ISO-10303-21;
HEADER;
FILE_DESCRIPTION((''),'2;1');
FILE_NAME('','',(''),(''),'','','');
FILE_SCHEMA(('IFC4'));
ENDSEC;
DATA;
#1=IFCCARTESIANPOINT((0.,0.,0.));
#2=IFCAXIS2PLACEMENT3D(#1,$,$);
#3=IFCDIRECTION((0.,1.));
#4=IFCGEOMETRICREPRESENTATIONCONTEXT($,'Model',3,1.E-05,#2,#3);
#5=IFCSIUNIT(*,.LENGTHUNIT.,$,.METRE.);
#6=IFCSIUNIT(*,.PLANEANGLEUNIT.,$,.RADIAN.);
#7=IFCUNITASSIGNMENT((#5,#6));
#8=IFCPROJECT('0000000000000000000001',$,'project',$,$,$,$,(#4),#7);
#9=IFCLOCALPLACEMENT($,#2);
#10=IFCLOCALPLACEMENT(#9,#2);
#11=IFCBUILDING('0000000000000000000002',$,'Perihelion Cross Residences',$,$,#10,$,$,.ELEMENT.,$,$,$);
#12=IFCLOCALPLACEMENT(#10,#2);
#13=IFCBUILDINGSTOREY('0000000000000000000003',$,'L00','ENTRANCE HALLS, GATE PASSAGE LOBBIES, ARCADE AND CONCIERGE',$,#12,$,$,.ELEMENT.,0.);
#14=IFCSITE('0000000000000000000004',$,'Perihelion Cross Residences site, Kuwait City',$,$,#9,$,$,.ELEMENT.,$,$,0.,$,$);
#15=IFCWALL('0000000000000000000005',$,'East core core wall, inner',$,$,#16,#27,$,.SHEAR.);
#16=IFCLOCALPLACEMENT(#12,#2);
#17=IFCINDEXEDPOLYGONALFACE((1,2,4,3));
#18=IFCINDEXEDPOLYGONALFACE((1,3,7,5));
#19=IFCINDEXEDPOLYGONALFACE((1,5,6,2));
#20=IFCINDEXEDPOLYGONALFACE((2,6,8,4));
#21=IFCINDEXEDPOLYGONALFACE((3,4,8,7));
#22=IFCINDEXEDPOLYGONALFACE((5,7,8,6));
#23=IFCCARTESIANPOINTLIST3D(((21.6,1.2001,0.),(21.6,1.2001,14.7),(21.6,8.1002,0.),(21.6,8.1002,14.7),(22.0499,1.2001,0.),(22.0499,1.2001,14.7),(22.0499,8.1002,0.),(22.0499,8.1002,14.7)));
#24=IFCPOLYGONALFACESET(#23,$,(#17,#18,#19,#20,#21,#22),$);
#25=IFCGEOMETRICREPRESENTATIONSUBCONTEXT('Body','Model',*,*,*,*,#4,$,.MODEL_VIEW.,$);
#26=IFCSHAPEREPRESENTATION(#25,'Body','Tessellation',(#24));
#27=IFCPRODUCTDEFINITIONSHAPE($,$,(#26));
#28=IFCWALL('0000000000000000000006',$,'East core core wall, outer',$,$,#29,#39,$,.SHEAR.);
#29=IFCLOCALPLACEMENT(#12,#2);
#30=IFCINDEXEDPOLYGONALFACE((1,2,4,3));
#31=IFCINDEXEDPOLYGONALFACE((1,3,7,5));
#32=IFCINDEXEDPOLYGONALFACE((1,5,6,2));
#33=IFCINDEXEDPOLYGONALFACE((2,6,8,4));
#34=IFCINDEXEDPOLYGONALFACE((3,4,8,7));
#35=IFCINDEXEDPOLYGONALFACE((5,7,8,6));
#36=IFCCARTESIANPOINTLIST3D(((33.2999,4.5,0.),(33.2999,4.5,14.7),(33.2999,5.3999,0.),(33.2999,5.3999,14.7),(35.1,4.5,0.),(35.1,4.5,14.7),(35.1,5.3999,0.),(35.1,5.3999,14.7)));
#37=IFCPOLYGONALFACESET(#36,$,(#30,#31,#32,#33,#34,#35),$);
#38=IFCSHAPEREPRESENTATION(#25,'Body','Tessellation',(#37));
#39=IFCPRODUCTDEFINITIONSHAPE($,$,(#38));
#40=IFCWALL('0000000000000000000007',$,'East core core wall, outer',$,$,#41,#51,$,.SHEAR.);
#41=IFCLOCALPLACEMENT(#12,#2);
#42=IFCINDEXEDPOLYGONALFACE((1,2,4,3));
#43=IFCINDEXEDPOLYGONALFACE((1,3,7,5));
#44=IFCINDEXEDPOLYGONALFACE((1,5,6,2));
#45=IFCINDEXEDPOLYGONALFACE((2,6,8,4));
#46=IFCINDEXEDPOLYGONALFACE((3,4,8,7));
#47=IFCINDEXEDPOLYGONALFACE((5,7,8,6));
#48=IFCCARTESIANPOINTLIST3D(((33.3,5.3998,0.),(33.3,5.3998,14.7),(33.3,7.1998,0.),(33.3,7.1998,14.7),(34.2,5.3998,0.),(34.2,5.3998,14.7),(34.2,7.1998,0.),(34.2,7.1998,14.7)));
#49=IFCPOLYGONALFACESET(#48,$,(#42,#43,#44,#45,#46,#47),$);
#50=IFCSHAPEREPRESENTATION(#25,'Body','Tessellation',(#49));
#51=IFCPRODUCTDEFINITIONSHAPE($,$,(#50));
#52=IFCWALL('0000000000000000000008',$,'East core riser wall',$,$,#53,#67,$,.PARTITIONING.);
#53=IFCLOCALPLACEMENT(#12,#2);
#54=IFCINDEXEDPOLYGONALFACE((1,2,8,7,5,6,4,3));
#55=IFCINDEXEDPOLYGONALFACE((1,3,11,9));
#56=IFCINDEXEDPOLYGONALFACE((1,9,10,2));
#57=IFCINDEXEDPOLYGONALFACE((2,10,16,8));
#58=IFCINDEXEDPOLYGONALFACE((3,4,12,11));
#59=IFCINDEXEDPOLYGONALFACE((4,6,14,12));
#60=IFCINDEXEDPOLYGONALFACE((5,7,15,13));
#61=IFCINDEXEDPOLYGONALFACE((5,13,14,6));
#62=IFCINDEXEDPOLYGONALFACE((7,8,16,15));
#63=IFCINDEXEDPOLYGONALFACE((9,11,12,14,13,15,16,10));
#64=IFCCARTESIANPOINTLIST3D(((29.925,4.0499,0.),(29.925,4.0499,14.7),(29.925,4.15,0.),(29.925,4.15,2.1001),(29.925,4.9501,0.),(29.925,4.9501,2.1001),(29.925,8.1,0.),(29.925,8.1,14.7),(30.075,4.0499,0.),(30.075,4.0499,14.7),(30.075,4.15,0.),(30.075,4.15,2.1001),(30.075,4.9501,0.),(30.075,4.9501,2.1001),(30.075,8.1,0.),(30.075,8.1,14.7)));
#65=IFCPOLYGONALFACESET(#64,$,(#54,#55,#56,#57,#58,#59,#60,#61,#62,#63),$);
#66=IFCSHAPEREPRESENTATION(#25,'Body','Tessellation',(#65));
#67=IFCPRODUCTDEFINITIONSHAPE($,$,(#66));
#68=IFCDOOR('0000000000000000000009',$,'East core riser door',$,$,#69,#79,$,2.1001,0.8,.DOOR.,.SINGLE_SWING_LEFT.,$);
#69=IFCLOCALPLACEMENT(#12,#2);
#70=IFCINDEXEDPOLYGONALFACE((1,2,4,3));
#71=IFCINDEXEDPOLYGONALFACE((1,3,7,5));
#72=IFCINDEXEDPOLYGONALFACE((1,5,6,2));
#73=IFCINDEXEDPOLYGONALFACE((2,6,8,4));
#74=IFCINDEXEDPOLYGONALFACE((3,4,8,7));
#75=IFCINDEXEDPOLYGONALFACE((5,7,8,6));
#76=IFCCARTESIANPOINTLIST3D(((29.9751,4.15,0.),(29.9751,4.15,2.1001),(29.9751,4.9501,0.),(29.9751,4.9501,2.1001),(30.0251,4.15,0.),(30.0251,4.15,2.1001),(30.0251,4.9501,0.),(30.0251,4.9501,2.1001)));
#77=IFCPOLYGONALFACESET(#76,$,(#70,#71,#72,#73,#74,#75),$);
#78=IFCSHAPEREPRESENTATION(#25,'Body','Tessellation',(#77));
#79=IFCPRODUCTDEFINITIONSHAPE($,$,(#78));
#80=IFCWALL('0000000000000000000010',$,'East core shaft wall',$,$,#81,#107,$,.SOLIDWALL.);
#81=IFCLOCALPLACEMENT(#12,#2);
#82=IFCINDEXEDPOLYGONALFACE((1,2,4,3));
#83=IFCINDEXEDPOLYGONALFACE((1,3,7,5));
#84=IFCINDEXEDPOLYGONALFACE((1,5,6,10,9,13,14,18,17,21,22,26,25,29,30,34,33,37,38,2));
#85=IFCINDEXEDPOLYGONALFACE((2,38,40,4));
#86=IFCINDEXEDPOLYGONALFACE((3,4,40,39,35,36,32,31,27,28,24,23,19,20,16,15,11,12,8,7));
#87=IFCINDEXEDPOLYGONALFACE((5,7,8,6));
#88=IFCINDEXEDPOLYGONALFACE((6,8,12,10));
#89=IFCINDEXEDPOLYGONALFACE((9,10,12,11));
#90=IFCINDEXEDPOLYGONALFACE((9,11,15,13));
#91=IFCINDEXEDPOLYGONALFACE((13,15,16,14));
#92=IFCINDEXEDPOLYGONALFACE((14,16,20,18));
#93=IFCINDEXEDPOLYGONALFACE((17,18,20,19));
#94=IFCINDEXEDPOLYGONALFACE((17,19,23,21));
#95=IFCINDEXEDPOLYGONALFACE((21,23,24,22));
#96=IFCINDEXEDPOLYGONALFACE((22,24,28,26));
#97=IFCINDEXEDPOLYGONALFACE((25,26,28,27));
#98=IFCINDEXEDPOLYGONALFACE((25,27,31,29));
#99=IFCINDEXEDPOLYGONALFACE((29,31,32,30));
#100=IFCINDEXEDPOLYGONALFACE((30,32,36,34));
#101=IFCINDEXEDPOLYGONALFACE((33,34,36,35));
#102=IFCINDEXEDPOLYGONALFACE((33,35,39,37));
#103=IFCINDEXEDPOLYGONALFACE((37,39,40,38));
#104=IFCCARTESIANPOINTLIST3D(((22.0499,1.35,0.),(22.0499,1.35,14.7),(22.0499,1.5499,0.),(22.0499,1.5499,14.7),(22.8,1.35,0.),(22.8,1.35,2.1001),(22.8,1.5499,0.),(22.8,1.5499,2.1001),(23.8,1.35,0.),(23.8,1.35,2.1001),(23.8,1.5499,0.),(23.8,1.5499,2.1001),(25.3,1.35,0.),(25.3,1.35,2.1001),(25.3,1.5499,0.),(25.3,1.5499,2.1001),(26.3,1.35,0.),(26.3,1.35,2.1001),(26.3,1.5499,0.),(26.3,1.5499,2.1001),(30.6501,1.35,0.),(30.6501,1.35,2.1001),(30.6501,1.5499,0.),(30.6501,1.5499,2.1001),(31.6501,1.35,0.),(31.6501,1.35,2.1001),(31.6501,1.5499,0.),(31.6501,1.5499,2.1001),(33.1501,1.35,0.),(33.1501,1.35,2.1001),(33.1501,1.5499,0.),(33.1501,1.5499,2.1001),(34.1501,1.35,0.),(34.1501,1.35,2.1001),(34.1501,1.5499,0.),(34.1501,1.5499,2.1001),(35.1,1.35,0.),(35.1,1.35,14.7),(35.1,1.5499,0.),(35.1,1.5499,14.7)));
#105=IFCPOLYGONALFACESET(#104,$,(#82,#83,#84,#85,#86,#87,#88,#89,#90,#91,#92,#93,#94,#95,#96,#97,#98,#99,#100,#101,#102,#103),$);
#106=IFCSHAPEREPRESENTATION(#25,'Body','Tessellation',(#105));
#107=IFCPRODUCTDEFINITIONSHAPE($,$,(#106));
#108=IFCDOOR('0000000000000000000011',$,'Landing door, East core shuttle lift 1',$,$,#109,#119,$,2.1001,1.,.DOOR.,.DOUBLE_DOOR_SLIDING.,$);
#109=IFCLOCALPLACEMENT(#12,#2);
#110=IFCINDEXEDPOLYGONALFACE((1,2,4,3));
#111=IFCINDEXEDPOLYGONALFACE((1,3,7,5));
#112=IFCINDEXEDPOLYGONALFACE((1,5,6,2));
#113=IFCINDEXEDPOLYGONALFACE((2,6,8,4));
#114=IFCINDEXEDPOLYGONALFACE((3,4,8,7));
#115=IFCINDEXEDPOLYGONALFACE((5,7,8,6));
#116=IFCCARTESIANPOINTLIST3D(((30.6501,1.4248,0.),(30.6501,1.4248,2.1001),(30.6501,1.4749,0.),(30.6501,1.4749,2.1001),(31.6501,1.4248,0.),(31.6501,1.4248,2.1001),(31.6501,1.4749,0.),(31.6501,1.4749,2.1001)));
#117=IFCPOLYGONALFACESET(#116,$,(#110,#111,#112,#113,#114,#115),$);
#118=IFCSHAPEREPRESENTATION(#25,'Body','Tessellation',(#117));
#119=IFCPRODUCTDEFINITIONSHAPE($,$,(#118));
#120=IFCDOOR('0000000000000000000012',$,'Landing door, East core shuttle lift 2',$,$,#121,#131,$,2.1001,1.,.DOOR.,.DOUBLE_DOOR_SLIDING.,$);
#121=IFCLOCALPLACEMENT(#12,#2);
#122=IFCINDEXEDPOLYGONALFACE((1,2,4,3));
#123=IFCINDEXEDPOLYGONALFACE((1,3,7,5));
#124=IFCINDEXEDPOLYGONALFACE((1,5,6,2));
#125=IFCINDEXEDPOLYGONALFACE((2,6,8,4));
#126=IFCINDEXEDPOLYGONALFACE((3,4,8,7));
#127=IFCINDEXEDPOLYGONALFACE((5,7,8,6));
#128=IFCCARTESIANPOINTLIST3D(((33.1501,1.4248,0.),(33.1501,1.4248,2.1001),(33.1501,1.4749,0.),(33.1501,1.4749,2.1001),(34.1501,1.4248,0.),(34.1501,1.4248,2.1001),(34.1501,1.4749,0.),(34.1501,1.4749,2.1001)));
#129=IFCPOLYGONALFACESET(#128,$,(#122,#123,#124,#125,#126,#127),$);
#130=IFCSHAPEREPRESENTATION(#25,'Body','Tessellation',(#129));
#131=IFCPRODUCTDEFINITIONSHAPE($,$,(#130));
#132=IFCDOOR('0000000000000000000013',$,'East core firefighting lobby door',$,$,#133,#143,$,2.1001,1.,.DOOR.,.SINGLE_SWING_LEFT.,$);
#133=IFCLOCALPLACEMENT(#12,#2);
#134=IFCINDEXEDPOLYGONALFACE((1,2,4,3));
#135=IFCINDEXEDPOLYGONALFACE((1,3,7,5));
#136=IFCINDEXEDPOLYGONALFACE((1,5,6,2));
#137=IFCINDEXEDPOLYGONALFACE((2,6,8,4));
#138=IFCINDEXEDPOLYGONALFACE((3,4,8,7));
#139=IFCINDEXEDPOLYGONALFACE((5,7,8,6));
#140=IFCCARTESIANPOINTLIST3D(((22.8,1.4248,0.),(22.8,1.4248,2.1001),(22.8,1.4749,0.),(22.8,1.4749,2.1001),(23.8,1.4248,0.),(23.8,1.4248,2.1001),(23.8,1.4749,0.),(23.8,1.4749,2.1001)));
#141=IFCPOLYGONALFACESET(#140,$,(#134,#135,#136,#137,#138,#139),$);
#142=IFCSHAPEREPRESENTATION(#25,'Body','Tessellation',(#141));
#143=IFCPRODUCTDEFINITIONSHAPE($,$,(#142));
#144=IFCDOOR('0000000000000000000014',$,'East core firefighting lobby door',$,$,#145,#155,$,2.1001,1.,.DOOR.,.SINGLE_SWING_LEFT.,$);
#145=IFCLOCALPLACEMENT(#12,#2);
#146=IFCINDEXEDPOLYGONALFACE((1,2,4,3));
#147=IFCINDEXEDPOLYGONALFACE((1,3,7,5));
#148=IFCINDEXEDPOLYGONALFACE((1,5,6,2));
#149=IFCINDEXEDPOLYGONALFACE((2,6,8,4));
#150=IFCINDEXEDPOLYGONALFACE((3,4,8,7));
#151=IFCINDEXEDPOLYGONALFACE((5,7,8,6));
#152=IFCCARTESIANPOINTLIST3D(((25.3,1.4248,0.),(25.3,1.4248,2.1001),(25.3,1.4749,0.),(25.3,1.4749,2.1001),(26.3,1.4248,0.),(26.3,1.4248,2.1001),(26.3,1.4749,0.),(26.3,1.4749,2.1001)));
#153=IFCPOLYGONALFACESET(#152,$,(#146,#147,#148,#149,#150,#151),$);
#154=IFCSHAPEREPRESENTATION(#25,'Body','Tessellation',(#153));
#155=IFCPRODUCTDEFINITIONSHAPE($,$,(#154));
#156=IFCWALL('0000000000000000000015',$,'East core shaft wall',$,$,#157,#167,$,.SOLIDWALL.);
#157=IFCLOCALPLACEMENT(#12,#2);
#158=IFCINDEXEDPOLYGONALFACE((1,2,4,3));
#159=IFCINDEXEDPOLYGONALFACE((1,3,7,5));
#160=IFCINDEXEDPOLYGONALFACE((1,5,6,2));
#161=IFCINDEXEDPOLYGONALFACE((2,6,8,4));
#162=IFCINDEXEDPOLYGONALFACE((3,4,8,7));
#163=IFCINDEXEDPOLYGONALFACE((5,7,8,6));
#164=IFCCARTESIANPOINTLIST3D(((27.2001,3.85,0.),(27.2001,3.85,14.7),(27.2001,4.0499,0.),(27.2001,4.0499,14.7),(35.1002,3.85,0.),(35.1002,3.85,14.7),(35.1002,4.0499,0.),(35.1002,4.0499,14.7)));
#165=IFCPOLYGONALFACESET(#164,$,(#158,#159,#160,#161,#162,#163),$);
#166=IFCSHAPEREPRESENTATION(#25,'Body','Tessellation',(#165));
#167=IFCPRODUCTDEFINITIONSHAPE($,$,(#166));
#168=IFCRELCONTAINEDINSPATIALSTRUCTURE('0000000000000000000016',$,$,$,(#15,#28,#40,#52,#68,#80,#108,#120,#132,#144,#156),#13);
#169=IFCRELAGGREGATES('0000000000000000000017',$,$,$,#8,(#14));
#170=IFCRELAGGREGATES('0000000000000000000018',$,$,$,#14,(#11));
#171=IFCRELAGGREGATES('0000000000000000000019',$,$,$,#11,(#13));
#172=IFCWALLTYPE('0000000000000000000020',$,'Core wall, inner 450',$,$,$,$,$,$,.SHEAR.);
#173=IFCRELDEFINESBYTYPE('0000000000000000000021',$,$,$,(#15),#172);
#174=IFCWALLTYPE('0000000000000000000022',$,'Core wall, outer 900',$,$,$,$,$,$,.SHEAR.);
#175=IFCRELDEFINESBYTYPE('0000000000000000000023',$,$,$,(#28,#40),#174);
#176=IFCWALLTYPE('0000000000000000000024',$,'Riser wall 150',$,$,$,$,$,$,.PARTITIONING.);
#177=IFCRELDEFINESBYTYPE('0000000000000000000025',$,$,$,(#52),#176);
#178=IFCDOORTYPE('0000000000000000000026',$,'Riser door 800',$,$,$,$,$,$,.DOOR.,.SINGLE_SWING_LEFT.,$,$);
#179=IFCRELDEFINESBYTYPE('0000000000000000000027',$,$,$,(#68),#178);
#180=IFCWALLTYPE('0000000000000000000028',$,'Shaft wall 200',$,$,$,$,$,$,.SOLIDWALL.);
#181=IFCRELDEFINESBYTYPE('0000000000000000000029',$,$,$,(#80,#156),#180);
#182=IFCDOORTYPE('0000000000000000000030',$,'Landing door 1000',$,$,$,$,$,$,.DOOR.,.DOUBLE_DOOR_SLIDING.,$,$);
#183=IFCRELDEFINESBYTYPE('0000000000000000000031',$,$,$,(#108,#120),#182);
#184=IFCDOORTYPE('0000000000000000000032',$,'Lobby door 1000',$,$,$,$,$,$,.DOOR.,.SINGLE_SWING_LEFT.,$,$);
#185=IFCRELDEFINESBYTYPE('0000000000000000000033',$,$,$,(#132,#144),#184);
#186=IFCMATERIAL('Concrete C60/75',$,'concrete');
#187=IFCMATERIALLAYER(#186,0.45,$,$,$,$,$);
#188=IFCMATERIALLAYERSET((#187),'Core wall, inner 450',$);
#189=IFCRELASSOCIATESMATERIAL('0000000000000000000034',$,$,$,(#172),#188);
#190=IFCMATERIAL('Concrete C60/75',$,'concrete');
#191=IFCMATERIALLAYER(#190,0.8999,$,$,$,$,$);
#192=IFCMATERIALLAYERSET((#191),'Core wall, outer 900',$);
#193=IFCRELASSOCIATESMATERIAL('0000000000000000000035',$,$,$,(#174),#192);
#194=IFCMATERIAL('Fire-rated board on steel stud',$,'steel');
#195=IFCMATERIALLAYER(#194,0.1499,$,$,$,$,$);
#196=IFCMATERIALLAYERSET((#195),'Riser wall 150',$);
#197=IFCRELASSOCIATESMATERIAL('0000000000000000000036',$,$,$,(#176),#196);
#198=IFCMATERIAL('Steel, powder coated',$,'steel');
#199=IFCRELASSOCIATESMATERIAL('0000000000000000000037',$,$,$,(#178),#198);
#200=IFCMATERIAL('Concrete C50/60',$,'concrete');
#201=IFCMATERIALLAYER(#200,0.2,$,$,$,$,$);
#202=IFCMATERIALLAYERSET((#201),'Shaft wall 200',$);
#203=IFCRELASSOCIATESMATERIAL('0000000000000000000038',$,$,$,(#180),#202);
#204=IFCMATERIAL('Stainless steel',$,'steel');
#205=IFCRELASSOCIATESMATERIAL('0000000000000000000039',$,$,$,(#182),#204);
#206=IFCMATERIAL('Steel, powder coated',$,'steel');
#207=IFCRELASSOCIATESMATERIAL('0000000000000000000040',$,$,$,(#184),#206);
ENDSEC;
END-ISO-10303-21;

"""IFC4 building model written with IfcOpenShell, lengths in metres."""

from ifc_helpers import new_model, si_unit, direction, frame, frame_2d, origin, place, context, subcontext, project, spatial, rectangle, extrude, material, layer, layer_set, type_object, element, fill, save


model = new_model("IFC4")

# Units and contexts
model_context = context("Model", 3, precision=1e-05, world=origin(), true_north=direction((0.0, 1.0)))
body_context = subcontext(model_context, "Body", "Model", "MODEL_VIEW")
ifc_project = project(units=[si_unit("LENGTHUNIT", "METRE"), si_unit("PLANEANGLEUNIT", "RADIAN")], contexts=[model_context])

# Site, building, storey
site_placement = place(None, origin())
site = spatial("IfcSite", under=ifc_project, at=site_placement, Name="Perihelion Cross Residences site, Kuwait City", CompositionType="ELEMENT", RefElevation=0.0)
building_placement = place(site_placement, origin())
building = spatial("IfcBuilding", under=site, at=building_placement, Name="Perihelion Cross Residences", CompositionType="ELEMENT")
storey_placement = place(building_placement, origin())
storey = spatial("IfcBuildingStorey", under=building, at=storey_placement, Name="L00", Description="ENTRANCE HALLS, GATE PASSAGE LOBBIES, ARCADE AND CONCIERGE", CompositionType="ELEMENT", Elevation=0.0)

# Walls
ifc_material_1 = material(Name="Concrete C60/75", Category="concrete")
ifc_layer_1 = layer(ifc_material_1, 0.45)
ifc_layer_set_1 = layer_set([ifc_layer_1], Name="Core wall, inner 450")
wall_type_1 = type_object("IfcWallType", Name="Core wall, inner 450", PredefinedType="SHEAR", material=ifc_layer_set_1)
wall_1_placement = place(storey_placement, frame((21.825, 1.2, 0.0), z_axis=(0.0, 0.0, 1.0), x_axis=(0.0, 1.0, 0.0)))
element("IfcWall", 1, at=wall_1_placement, inside=storey, type_object=wall_type_1, Name="East core core wall, inner", PredefinedType="SHEAR", context=body_context, shape_type="SweptSolid", body=[
    extrude(rectangle(XDim=6.9001, YDim=0.45, at=frame_2d((3.4502, 0.0))), origin(), (0.0, 0.0, 1.0), 14.7),
])
ifc_material_2 = material(Name="Concrete C60/75", Category="concrete")
ifc_layer_2 = layer(ifc_material_2, 0.8999)
ifc_layer_set_2 = layer_set([ifc_layer_2], Name="Core wall, outer 900")
wall_type_2 = type_object("IfcWallType", Name="Core wall, outer 900", PredefinedType="SHEAR", material=ifc_layer_set_2)
for number, where, z_axis, x_axis, name in (
    (2, (33.3, 4.95, 0.0), (0.0, 0.0, 1.0), (1.0, 0.0, 0.0), "East core core wall, outer"),
    (3, (33.75, 5.3999, 0.0), (0.0, 0.0, 1.0), (0.0, 1.0, 0.0), "East core core wall, outer"),
):
    element("IfcWall", number, at=place(storey_placement, frame(where, z_axis=z_axis, x_axis=x_axis)), inside=storey, type_object=wall_type_2, Name=name, PredefinedType="SHEAR", context=body_context, shape_type="SweptSolid", body=[
        extrude(rectangle(XDim=1.8, YDim=0.8999, at=frame_2d((0.8999, 0.0))), origin(), (0.0, 0.0, 1.0), 14.7),
    ])

# Wall, opening, door
ifc_material_3 = material(Name="Fire-rated board on steel stud", Category="steel")
ifc_layer_3 = layer(ifc_material_3, 0.1499)
ifc_layer_set_3 = layer_set([ifc_layer_3], Name="Riser wall 150")
wall_type_3 = type_object("IfcWallType", Name="Riser wall 150", PredefinedType="PARTITIONING", material=ifc_layer_set_3)
wall_2_placement = place(storey_placement, frame((30.0, 4.05, 0.0), z_axis=(0.0, 0.0, 1.0), x_axis=(0.0, 1.0, 0.0)))
wall_2 = element("IfcWall", 4, at=wall_2_placement, inside=storey, type_object=wall_type_3, Name="East core riser wall", PredefinedType="PARTITIONING", context=body_context, shape_type="SweptSolid", body=[
    extrude(rectangle(XDim=4.05, YDim=0.1499, at=frame_2d((2.0249, 0.0))), origin(), (0.0, 0.0, 1.0), 14.7),
])
opening_1_placement = place(wall_2_placement, frame((0.1001, 0.0, 0.0)))
opening_1 = element("IfcOpeningElement", 5, at=opening_1_placement, cuts=wall_2, PredefinedType="OPENING", context=body_context, shape_type="SweptSolid", body=[
    extrude(rectangle(XDim=0.8, YDim=2.1001, at=frame_2d((0.3999, 1.05))), frame((0.0, 0.085, 0.0), z_axis=(0.0, -1.0, 0.0), x_axis=(1.0, 0.0, 0.0)), (0.0, 0.0, 1.0), 0.1699),
])
ifc_material_4 = material(Name="Steel, powder coated", Category="steel")
door_type_1 = type_object("IfcDoorType", Name="Riser door 800", OperationType="SINGLE_SWING_LEFT", PredefinedType="DOOR", material=ifc_material_4)
door_1_placement = place(opening_1_placement, origin())
door_1 = element("IfcDoor", 6, at=door_1_placement, inside=storey, type_object=door_type_1, Name="East core riser door", OperationType="SINGLE_SWING_LEFT", OverallHeight=2.1001, OverallWidth=0.8, PredefinedType="DOOR", context=body_context, shape_type="SweptSolid", body=[
    extrude(rectangle(XDim=0.8, YDim=2.1001, at=frame_2d((0.3999, 1.05))), frame((0.0, 0.0249, 0.0), z_axis=(0.0, -1.0, 0.0), x_axis=(1.0, 0.0, 0.0)), (0.0, 0.0, 1.0), 0.05),
])
fill(opening_1, door_1)

# Wall, openings, doors
ifc_material_5 = material(Name="Concrete C50/60", Category="concrete")
ifc_layer_4 = layer(ifc_material_5, 0.2)
ifc_layer_set_4 = layer_set([ifc_layer_4], Name="Shaft wall 200")
wall_type_4 = type_object("IfcWallType", Name="Shaft wall 200", PredefinedType="SOLIDWALL", material=ifc_layer_set_4)
wall_3_placement = place(storey_placement, frame((22.05, 1.45, 0.0), z_axis=(0.0, 0.0, 1.0), x_axis=(1.0, 0.0, 0.0)))
wall_3 = element("IfcWall", 7, at=wall_3_placement, inside=storey, type_object=wall_type_4, Name="East core shaft wall", PredefinedType="SOLIDWALL", context=body_context, shape_type="SweptSolid", body=[
    extrude(rectangle(XDim=13.05, YDim=0.2, at=frame_2d((6.5249, 0.0))), origin(), (0.0, 0.0, 1.0), 14.7),
])
opening_2_placement = place(wall_3_placement, frame((8.6001, 0.0, 0.0)))
opening_2 = element("IfcOpeningElement", 8, at=opening_2_placement, cuts=wall_3, PredefinedType="OPENING", context=body_context, shape_type="SweptSolid", body=[
    extrude(rectangle(XDim=1.0, YDim=2.1001, at=frame_2d((0.5, 1.05))), frame((0.0, 0.1099, 0.0), z_axis=(0.0, -1.0, 0.0), x_axis=(1.0, 0.0, 0.0)), (0.0, 0.0, 1.0), 0.22),
])
opening_3_placement = place(wall_3_placement, frame((11.1001, 0.0, 0.0)))
opening_3 = element("IfcOpeningElement", 9, at=opening_3_placement, cuts=wall_3, PredefinedType="OPENING", context=body_context, shape_type="SweptSolid", body=[
    extrude(rectangle(XDim=1.0, YDim=2.1001, at=frame_2d((0.5, 1.05))), frame((0.0, 0.1099, 0.0), z_axis=(0.0, -1.0, 0.0), x_axis=(1.0, 0.0, 0.0)), (0.0, 0.0, 1.0), 0.22),
])
opening_4_placement = place(wall_3_placement, frame((0.75, 0.0, 0.0)))
opening_4 = element("IfcOpeningElement", 10, at=opening_4_placement, cuts=wall_3, PredefinedType="OPENING", context=body_context, shape_type="SweptSolid", body=[
    extrude(rectangle(XDim=1.0, YDim=2.1001, at=frame_2d((0.5, 1.05))), frame((0.0, 0.1099, 0.0), z_axis=(0.0, -1.0, 0.0), x_axis=(1.0, 0.0, 0.0)), (0.0, 0.0, 1.0), 0.22),
])
opening_5_placement = place(wall_3_placement, frame((3.25, 0.0, 0.0)))
opening_5 = element("IfcOpeningElement", 11, at=opening_5_placement, cuts=wall_3, PredefinedType="OPENING", context=body_context, shape_type="SweptSolid", body=[
    extrude(rectangle(XDim=1.0, YDim=2.1001, at=frame_2d((0.5, 1.05))), frame((0.0, 0.1099, 0.0), z_axis=(0.0, -1.0, 0.0), x_axis=(1.0, 0.0, 0.0)), (0.0, 0.0, 1.0), 0.22),
])
ifc_material_6 = material(Name="Stainless steel", Category="steel")
door_type_2 = type_object("IfcDoorType", Name="Landing door 1000", OperationType="DOUBLE_DOOR_SLIDING", PredefinedType="DOOR", material=ifc_material_6)
door_2_placement = place(opening_2_placement, origin())
door_2 = element("IfcDoor", 12, at=door_2_placement, inside=storey, type_object=door_type_2, Name="Landing door, East core shuttle lift 1", OperationType="DOUBLE_DOOR_SLIDING", OverallHeight=2.1001, OverallWidth=1.0, PredefinedType="DOOR", context=body_context, shape_type="SweptSolid", body=[
    extrude(rectangle(XDim=1.0, YDim=2.1001, at=frame_2d((0.5, 1.05))), frame((0.0, 0.0249, 0.0), z_axis=(0.0, -1.0, 0.0), x_axis=(1.0, 0.0, 0.0)), (0.0, 0.0, 1.0), 0.05),
])
fill(opening_2, door_2)
door_3_placement = place(opening_3_placement, origin())
door_3 = element("IfcDoor", 13, at=door_3_placement, inside=storey, type_object=door_type_2, Name="Landing door, East core shuttle lift 2", OperationType="DOUBLE_DOOR_SLIDING", OverallHeight=2.1001, OverallWidth=1.0, PredefinedType="DOOR", context=body_context, shape_type="SweptSolid", body=[
    extrude(rectangle(XDim=1.0, YDim=2.1001, at=frame_2d((0.5, 1.05))), frame((0.0, 0.0249, 0.0), z_axis=(0.0, -1.0, 0.0), x_axis=(1.0, 0.0, 0.0)), (0.0, 0.0, 1.0), 0.05),
])
fill(opening_3, door_3)
ifc_material_7 = material(Name="Steel, powder coated", Category="steel")
door_type_3 = type_object("IfcDoorType", Name="Lobby door 1000", OperationType="SINGLE_SWING_LEFT", PredefinedType="DOOR", material=ifc_material_7)
door_4_placement = place(opening_4_placement, origin())
door_4 = element("IfcDoor", 14, at=door_4_placement, inside=storey, type_object=door_type_3, Name="East core firefighting lobby door", OperationType="SINGLE_SWING_LEFT", OverallHeight=2.1001, OverallWidth=1.0, PredefinedType="DOOR", context=body_context, shape_type="SweptSolid", body=[
    extrude(rectangle(XDim=1.0, YDim=2.1001, at=frame_2d((0.5, 1.05))), frame((0.0, 0.0249, 0.0), z_axis=(0.0, -1.0, 0.0), x_axis=(1.0, 0.0, 0.0)), (0.0, 0.0, 1.0), 0.05),
])
fill(opening_4, door_4)
door_5_placement = place(opening_5_placement, origin())
door_5 = element("IfcDoor", 15, at=door_5_placement, inside=storey, type_object=door_type_3, Name="East core firefighting lobby door", OperationType="SINGLE_SWING_LEFT", OverallHeight=2.1001, OverallWidth=1.0, PredefinedType="DOOR", context=body_context, shape_type="SweptSolid", body=[
    extrude(rectangle(XDim=1.0, YDim=2.1001, at=frame_2d((0.5, 1.05))), frame((0.0, 0.0249, 0.0), z_axis=(0.0, -1.0, 0.0), x_axis=(1.0, 0.0, 0.0)), (0.0, 0.0, 1.0), 0.05),
])
fill(opening_5, door_5)

# Wall
wall_4_placement = place(storey_placement, frame((27.2, 3.95, 0.0), z_axis=(0.0, 0.0, 1.0), x_axis=(1.0, 0.0, 0.0)))
element("IfcWall", 16, at=wall_4_placement, inside=storey, type_object=wall_type_4, Name="East core shaft wall", PredefinedType="SOLIDWALL", context=body_context, shape_type="SweptSolid", body=[
    extrude(rectangle(XDim=7.9001, YDim=0.2, at=frame_2d((3.9502, 0.0))), origin(), (0.0, 0.0, 1.0), 14.7),
])

save(model, "model.ifc")
